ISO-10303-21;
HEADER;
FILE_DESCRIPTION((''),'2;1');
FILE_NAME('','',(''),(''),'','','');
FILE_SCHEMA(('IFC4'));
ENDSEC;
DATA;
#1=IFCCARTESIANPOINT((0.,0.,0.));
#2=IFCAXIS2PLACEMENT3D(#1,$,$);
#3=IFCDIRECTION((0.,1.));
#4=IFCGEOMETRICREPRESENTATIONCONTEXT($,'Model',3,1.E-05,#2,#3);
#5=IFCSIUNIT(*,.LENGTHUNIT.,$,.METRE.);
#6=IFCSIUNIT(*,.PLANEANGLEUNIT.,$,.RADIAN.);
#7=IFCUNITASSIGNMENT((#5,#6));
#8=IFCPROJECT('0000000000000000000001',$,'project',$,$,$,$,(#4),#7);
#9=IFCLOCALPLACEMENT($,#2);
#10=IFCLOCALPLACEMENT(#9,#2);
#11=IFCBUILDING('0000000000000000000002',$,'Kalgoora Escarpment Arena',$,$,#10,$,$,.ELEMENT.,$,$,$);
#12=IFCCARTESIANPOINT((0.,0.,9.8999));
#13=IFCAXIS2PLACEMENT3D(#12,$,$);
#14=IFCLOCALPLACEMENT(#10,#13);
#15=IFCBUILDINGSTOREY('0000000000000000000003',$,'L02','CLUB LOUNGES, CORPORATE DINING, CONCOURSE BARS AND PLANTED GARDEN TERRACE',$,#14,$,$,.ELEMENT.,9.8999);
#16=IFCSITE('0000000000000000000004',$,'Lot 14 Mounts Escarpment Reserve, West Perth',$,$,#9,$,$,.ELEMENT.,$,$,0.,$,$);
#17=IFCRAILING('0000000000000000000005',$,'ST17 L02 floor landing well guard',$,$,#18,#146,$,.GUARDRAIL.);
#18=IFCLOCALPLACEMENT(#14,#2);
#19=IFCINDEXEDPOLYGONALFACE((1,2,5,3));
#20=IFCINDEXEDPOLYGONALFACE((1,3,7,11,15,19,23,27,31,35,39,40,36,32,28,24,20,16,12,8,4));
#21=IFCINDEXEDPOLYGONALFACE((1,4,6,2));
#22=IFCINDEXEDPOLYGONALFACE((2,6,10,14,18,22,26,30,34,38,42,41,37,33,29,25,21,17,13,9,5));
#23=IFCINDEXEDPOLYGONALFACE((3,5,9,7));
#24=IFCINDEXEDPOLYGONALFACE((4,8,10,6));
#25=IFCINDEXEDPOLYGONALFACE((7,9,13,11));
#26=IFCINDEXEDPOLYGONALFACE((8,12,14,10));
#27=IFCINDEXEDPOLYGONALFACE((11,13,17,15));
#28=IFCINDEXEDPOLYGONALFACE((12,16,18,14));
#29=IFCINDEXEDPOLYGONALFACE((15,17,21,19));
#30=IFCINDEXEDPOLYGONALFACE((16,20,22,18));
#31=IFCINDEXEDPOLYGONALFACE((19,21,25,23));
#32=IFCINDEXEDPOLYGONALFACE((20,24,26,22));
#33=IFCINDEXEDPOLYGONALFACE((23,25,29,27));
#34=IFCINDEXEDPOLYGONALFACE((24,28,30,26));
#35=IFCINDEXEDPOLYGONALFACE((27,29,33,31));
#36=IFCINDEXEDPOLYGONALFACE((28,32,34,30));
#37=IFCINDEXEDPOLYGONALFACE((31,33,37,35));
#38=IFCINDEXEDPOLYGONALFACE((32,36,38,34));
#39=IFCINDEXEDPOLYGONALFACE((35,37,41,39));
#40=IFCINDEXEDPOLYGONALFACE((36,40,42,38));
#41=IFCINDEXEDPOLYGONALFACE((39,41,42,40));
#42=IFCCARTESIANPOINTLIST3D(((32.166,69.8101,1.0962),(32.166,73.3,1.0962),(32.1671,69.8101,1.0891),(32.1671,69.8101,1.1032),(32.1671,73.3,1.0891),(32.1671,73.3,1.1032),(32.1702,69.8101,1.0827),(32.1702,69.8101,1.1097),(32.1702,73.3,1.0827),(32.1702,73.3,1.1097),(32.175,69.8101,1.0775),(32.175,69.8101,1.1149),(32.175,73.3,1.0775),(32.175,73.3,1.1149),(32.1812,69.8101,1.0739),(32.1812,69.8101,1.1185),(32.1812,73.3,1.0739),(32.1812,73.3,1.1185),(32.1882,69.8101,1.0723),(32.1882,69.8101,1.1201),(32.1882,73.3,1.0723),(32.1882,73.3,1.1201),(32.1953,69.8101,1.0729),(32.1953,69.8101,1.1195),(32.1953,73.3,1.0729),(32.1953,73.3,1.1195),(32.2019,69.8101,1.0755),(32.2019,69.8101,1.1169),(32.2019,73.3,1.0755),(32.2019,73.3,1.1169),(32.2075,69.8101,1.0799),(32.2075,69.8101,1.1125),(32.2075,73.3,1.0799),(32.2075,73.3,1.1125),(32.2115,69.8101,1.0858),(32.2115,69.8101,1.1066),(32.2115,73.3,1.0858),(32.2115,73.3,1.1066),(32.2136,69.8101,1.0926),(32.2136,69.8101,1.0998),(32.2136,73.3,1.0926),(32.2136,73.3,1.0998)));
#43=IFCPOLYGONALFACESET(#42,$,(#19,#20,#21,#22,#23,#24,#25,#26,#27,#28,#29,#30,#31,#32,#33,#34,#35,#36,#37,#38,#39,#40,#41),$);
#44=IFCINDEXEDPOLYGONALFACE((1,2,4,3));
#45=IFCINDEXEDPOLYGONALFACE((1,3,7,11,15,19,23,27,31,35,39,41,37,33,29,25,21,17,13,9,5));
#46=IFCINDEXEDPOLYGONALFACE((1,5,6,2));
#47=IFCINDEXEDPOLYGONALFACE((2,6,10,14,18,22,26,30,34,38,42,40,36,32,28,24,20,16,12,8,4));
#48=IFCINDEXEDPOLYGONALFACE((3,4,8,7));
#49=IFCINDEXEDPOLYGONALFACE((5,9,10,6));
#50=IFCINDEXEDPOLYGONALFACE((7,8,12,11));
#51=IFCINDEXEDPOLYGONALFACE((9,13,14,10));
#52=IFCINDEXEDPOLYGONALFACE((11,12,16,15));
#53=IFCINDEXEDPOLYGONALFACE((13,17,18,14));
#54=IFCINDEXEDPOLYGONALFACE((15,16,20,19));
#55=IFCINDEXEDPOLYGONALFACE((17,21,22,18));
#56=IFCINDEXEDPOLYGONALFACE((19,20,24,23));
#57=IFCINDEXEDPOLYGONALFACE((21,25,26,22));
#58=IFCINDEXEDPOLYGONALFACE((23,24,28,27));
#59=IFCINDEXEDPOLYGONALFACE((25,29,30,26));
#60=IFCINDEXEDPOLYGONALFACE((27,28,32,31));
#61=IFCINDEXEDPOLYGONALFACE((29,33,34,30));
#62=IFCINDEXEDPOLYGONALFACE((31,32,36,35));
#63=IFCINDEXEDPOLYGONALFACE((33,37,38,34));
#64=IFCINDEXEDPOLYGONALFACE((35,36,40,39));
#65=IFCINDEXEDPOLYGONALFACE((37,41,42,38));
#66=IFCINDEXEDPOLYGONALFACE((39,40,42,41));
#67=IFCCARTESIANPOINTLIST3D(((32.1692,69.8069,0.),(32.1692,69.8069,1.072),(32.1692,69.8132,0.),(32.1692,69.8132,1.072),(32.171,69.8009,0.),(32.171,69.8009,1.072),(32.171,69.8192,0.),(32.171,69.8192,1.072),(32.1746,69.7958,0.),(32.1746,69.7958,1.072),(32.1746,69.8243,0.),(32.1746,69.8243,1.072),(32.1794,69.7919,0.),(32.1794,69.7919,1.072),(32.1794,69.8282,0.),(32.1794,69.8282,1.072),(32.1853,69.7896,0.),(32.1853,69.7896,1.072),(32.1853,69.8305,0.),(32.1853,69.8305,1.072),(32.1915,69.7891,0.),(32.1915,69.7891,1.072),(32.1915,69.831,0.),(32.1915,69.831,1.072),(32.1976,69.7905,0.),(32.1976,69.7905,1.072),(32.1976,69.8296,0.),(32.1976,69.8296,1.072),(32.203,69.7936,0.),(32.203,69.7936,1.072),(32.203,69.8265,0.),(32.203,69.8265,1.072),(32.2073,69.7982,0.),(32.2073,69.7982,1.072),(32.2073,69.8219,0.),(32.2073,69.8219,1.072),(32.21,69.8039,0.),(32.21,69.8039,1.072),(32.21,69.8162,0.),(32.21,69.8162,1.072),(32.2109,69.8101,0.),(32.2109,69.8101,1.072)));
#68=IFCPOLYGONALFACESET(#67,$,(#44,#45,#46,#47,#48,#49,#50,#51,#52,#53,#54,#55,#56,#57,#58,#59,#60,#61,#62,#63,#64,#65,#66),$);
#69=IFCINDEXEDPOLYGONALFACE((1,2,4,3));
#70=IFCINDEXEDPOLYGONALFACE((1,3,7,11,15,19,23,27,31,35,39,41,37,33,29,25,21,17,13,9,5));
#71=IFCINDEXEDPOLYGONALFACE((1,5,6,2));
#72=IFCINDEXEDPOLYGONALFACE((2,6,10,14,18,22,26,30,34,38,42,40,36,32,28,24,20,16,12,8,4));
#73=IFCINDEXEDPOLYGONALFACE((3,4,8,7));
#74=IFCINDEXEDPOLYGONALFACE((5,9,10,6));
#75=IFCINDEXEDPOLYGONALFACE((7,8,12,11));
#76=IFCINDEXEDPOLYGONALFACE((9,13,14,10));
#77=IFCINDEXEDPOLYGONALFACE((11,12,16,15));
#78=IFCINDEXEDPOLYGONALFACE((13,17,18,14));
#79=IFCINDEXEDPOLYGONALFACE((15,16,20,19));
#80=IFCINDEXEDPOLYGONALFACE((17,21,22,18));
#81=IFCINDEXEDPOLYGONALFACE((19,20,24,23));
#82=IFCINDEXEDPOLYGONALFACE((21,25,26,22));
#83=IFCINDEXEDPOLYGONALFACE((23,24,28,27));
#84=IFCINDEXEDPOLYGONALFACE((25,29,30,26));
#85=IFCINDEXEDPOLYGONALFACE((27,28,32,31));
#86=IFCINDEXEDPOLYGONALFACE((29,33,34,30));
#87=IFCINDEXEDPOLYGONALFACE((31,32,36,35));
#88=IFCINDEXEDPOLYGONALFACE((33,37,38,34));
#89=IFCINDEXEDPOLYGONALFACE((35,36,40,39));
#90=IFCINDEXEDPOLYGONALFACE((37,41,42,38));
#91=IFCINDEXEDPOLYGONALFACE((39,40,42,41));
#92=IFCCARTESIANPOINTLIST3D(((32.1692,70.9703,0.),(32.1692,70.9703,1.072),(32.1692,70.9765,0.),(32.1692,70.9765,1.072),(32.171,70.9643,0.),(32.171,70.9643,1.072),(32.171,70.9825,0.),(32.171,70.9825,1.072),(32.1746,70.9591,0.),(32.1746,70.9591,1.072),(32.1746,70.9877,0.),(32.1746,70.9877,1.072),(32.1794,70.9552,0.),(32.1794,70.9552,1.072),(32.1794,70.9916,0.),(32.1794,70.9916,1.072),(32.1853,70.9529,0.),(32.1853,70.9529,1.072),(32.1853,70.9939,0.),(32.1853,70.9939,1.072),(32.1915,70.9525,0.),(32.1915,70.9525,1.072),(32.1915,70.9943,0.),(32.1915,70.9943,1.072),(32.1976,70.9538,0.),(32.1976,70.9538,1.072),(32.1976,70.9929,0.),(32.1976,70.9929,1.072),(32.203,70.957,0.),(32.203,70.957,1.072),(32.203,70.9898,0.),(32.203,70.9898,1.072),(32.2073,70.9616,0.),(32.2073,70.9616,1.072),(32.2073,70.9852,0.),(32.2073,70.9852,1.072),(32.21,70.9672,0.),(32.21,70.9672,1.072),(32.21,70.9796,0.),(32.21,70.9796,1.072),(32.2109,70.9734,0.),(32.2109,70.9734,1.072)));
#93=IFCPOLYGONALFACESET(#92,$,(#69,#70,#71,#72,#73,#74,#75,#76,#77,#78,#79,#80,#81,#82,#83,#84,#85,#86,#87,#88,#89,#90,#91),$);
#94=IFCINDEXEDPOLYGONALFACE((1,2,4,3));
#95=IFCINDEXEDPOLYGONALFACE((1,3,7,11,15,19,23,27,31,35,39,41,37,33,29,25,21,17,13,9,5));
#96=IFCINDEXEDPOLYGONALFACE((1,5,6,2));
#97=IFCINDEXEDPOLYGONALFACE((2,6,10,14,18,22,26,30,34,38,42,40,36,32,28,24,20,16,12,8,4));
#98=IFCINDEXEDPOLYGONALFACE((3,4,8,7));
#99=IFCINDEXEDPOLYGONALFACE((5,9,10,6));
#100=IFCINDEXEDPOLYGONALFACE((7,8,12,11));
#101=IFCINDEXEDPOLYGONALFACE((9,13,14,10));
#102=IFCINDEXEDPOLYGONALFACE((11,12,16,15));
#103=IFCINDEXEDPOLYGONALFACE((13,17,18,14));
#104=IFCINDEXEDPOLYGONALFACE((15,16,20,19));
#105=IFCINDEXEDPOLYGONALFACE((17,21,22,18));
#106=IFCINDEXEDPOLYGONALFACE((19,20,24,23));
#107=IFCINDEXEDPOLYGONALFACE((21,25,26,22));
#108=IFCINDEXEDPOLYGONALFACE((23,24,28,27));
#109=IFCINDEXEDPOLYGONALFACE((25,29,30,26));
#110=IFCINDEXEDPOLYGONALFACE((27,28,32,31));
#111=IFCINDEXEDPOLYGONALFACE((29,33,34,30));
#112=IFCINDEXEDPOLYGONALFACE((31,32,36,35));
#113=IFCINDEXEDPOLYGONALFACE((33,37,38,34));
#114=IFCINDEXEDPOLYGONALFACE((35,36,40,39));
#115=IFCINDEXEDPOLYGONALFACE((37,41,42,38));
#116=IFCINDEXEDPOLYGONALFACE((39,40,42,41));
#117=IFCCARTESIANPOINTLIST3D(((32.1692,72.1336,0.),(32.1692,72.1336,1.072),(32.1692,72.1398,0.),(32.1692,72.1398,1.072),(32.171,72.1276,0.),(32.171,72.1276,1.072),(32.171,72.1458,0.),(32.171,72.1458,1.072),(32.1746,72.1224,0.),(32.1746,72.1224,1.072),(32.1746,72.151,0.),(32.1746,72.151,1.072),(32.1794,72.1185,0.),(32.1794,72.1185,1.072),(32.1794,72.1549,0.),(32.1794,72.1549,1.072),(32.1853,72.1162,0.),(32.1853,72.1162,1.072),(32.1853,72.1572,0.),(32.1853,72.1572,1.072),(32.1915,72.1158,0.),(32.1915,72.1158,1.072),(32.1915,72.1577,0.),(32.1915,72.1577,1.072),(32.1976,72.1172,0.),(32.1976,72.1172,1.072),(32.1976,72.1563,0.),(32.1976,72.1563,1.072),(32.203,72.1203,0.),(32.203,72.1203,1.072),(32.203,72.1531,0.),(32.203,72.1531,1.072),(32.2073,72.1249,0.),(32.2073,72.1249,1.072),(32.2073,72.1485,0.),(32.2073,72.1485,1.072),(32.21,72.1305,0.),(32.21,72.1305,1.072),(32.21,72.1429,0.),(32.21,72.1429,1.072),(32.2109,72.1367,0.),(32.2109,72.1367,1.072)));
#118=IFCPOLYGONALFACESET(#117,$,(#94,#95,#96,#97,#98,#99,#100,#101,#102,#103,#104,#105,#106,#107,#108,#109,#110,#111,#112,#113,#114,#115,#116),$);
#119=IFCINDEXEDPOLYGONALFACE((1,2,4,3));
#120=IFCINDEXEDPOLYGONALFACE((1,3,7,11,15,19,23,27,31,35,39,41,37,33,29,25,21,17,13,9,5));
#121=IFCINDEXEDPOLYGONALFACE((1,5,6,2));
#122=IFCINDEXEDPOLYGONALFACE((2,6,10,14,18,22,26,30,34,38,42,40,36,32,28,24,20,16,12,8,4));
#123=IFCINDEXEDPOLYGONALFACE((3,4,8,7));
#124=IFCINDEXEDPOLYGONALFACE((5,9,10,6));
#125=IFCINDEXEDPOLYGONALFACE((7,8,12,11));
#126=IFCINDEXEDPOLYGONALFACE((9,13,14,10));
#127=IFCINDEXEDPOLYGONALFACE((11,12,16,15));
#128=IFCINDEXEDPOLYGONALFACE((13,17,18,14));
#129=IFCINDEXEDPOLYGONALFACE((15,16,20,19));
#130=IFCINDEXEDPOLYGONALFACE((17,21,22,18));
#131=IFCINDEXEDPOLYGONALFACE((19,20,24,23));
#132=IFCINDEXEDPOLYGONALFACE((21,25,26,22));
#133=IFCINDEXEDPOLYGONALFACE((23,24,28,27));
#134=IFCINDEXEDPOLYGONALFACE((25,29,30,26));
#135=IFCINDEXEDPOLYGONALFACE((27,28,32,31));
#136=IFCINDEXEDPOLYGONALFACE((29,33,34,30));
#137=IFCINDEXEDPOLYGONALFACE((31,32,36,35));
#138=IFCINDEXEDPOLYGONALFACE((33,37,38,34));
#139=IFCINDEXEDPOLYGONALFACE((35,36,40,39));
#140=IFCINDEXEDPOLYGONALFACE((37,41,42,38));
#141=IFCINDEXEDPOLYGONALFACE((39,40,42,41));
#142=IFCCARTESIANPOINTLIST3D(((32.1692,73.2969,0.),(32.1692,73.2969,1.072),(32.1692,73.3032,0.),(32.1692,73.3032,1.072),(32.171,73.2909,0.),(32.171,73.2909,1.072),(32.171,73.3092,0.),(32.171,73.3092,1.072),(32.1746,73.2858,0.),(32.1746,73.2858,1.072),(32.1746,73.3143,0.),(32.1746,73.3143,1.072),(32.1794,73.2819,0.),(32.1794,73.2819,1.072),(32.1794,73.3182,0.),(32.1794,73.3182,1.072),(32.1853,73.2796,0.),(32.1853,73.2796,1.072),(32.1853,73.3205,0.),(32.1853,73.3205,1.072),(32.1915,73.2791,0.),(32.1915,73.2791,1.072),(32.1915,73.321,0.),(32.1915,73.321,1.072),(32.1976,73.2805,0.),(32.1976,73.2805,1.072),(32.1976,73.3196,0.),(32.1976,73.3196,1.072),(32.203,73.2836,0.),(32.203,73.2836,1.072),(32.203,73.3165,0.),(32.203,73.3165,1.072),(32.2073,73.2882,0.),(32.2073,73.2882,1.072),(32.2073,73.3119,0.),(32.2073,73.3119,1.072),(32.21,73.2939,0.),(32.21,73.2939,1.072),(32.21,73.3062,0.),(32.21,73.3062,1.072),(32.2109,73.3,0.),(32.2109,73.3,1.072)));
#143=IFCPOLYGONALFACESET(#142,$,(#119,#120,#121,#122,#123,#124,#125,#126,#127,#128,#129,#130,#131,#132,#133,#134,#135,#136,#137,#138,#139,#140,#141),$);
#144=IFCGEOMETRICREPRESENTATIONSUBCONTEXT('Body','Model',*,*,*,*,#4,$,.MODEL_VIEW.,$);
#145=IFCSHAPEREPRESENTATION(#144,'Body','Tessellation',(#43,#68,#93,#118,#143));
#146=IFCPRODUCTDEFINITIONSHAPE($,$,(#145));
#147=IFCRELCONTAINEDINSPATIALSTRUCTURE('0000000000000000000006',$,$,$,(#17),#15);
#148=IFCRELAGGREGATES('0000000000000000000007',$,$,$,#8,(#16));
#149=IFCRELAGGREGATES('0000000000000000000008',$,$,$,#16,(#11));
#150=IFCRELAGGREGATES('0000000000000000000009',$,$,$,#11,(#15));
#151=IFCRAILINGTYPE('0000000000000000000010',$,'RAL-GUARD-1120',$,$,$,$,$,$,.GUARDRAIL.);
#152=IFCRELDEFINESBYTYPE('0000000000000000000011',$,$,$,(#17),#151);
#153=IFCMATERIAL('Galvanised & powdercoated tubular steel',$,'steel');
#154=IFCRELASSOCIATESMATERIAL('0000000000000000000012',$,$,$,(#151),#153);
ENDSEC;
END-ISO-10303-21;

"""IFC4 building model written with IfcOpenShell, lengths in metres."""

from ifc_helpers import new_model, si_unit, direction, frame, origin, origin_2d, place, context, subcontext, project, spatial, circle, extrude, material, type_object, element, save


model = new_model("IFC4")

# Units and contexts
model_context = context("Model", 3, precision=1e-05, world=origin(), true_north=direction((0.0, 1.0)))
body_context = subcontext(model_context, "Body", "Model", "MODEL_VIEW")
ifc_project = project(units=[si_unit("LENGTHUNIT", "METRE"), si_unit("PLANEANGLEUNIT", "RADIAN")], contexts=[model_context])

# Site, building, storey
site_placement = place(None, origin())
site = spatial("IfcSite", under=ifc_project, at=site_placement, Name="Lot 14 Mounts Escarpment Reserve, West Perth", CompositionType="ELEMENT", RefElevation=0.0)
building_placement = place(site_placement, origin())
building = spatial("IfcBuilding", under=site, at=building_placement, Name="Kalgoora Escarpment Arena", CompositionType="ELEMENT")
storey_placement = place(building_placement, frame((0.0, 0.0, 9.8999)))
storey = spatial("IfcBuildingStorey", under=building, at=storey_placement, Name="L02", Description="CLUB LOUNGES, CORPORATE DINING, CONCOURSE BARS AND PLANTED GARDEN TERRACE", CompositionType="ELEMENT", Elevation=9.8999)

# Railing
ifc_material_1 = material(Name="Galvanised & powdercoated tubular steel", Category="steel")
railing_type_1 = type_object("IfcRailingType", Name="RAL-GUARD-1120", PredefinedType="GUARDRAIL", material=ifc_material_1)
railing_1_placement = place(storey_placement, frame((32.1899, 69.8101, 0.0)))
element("IfcRailing", 1, at=railing_1_placement, inside=storey, type_object=railing_type_1, Name="ST17 L02 floor landing well guard", PredefinedType="GUARDRAIL", context=body_context, shape_type="SweptSolid", body=[
    extrude(circle(Radius=0.0239, at=origin_2d()), frame((0.0, 0.0, 1.0962), z_axis=(0.0, 1.0, 0.0), x_axis=(-1.0, 0.0, 0.0)), (0.0, 0.0, 1.0), 3.49),
    extrude(circle(Radius=0.021, at=origin_2d()), origin(), (0.0, 0.0, 1.0), 1.072),
    extrude(circle(Radius=0.021, at=origin_2d()), frame((0.0, 1.1633, 0.0)), (0.0, 0.0, 1.0), 1.072),
    extrude(circle(Radius=0.021, at=origin_2d()), frame((0.0, 2.3267, 0.0)), (0.0, 0.0, 1.0), 1.072),
    extrude(circle(Radius=0.021, at=origin_2d()), frame((0.0, 3.49, 0.0)), (0.0, 0.0, 1.0), 1.072),
])

save(model, "model.ifc")
